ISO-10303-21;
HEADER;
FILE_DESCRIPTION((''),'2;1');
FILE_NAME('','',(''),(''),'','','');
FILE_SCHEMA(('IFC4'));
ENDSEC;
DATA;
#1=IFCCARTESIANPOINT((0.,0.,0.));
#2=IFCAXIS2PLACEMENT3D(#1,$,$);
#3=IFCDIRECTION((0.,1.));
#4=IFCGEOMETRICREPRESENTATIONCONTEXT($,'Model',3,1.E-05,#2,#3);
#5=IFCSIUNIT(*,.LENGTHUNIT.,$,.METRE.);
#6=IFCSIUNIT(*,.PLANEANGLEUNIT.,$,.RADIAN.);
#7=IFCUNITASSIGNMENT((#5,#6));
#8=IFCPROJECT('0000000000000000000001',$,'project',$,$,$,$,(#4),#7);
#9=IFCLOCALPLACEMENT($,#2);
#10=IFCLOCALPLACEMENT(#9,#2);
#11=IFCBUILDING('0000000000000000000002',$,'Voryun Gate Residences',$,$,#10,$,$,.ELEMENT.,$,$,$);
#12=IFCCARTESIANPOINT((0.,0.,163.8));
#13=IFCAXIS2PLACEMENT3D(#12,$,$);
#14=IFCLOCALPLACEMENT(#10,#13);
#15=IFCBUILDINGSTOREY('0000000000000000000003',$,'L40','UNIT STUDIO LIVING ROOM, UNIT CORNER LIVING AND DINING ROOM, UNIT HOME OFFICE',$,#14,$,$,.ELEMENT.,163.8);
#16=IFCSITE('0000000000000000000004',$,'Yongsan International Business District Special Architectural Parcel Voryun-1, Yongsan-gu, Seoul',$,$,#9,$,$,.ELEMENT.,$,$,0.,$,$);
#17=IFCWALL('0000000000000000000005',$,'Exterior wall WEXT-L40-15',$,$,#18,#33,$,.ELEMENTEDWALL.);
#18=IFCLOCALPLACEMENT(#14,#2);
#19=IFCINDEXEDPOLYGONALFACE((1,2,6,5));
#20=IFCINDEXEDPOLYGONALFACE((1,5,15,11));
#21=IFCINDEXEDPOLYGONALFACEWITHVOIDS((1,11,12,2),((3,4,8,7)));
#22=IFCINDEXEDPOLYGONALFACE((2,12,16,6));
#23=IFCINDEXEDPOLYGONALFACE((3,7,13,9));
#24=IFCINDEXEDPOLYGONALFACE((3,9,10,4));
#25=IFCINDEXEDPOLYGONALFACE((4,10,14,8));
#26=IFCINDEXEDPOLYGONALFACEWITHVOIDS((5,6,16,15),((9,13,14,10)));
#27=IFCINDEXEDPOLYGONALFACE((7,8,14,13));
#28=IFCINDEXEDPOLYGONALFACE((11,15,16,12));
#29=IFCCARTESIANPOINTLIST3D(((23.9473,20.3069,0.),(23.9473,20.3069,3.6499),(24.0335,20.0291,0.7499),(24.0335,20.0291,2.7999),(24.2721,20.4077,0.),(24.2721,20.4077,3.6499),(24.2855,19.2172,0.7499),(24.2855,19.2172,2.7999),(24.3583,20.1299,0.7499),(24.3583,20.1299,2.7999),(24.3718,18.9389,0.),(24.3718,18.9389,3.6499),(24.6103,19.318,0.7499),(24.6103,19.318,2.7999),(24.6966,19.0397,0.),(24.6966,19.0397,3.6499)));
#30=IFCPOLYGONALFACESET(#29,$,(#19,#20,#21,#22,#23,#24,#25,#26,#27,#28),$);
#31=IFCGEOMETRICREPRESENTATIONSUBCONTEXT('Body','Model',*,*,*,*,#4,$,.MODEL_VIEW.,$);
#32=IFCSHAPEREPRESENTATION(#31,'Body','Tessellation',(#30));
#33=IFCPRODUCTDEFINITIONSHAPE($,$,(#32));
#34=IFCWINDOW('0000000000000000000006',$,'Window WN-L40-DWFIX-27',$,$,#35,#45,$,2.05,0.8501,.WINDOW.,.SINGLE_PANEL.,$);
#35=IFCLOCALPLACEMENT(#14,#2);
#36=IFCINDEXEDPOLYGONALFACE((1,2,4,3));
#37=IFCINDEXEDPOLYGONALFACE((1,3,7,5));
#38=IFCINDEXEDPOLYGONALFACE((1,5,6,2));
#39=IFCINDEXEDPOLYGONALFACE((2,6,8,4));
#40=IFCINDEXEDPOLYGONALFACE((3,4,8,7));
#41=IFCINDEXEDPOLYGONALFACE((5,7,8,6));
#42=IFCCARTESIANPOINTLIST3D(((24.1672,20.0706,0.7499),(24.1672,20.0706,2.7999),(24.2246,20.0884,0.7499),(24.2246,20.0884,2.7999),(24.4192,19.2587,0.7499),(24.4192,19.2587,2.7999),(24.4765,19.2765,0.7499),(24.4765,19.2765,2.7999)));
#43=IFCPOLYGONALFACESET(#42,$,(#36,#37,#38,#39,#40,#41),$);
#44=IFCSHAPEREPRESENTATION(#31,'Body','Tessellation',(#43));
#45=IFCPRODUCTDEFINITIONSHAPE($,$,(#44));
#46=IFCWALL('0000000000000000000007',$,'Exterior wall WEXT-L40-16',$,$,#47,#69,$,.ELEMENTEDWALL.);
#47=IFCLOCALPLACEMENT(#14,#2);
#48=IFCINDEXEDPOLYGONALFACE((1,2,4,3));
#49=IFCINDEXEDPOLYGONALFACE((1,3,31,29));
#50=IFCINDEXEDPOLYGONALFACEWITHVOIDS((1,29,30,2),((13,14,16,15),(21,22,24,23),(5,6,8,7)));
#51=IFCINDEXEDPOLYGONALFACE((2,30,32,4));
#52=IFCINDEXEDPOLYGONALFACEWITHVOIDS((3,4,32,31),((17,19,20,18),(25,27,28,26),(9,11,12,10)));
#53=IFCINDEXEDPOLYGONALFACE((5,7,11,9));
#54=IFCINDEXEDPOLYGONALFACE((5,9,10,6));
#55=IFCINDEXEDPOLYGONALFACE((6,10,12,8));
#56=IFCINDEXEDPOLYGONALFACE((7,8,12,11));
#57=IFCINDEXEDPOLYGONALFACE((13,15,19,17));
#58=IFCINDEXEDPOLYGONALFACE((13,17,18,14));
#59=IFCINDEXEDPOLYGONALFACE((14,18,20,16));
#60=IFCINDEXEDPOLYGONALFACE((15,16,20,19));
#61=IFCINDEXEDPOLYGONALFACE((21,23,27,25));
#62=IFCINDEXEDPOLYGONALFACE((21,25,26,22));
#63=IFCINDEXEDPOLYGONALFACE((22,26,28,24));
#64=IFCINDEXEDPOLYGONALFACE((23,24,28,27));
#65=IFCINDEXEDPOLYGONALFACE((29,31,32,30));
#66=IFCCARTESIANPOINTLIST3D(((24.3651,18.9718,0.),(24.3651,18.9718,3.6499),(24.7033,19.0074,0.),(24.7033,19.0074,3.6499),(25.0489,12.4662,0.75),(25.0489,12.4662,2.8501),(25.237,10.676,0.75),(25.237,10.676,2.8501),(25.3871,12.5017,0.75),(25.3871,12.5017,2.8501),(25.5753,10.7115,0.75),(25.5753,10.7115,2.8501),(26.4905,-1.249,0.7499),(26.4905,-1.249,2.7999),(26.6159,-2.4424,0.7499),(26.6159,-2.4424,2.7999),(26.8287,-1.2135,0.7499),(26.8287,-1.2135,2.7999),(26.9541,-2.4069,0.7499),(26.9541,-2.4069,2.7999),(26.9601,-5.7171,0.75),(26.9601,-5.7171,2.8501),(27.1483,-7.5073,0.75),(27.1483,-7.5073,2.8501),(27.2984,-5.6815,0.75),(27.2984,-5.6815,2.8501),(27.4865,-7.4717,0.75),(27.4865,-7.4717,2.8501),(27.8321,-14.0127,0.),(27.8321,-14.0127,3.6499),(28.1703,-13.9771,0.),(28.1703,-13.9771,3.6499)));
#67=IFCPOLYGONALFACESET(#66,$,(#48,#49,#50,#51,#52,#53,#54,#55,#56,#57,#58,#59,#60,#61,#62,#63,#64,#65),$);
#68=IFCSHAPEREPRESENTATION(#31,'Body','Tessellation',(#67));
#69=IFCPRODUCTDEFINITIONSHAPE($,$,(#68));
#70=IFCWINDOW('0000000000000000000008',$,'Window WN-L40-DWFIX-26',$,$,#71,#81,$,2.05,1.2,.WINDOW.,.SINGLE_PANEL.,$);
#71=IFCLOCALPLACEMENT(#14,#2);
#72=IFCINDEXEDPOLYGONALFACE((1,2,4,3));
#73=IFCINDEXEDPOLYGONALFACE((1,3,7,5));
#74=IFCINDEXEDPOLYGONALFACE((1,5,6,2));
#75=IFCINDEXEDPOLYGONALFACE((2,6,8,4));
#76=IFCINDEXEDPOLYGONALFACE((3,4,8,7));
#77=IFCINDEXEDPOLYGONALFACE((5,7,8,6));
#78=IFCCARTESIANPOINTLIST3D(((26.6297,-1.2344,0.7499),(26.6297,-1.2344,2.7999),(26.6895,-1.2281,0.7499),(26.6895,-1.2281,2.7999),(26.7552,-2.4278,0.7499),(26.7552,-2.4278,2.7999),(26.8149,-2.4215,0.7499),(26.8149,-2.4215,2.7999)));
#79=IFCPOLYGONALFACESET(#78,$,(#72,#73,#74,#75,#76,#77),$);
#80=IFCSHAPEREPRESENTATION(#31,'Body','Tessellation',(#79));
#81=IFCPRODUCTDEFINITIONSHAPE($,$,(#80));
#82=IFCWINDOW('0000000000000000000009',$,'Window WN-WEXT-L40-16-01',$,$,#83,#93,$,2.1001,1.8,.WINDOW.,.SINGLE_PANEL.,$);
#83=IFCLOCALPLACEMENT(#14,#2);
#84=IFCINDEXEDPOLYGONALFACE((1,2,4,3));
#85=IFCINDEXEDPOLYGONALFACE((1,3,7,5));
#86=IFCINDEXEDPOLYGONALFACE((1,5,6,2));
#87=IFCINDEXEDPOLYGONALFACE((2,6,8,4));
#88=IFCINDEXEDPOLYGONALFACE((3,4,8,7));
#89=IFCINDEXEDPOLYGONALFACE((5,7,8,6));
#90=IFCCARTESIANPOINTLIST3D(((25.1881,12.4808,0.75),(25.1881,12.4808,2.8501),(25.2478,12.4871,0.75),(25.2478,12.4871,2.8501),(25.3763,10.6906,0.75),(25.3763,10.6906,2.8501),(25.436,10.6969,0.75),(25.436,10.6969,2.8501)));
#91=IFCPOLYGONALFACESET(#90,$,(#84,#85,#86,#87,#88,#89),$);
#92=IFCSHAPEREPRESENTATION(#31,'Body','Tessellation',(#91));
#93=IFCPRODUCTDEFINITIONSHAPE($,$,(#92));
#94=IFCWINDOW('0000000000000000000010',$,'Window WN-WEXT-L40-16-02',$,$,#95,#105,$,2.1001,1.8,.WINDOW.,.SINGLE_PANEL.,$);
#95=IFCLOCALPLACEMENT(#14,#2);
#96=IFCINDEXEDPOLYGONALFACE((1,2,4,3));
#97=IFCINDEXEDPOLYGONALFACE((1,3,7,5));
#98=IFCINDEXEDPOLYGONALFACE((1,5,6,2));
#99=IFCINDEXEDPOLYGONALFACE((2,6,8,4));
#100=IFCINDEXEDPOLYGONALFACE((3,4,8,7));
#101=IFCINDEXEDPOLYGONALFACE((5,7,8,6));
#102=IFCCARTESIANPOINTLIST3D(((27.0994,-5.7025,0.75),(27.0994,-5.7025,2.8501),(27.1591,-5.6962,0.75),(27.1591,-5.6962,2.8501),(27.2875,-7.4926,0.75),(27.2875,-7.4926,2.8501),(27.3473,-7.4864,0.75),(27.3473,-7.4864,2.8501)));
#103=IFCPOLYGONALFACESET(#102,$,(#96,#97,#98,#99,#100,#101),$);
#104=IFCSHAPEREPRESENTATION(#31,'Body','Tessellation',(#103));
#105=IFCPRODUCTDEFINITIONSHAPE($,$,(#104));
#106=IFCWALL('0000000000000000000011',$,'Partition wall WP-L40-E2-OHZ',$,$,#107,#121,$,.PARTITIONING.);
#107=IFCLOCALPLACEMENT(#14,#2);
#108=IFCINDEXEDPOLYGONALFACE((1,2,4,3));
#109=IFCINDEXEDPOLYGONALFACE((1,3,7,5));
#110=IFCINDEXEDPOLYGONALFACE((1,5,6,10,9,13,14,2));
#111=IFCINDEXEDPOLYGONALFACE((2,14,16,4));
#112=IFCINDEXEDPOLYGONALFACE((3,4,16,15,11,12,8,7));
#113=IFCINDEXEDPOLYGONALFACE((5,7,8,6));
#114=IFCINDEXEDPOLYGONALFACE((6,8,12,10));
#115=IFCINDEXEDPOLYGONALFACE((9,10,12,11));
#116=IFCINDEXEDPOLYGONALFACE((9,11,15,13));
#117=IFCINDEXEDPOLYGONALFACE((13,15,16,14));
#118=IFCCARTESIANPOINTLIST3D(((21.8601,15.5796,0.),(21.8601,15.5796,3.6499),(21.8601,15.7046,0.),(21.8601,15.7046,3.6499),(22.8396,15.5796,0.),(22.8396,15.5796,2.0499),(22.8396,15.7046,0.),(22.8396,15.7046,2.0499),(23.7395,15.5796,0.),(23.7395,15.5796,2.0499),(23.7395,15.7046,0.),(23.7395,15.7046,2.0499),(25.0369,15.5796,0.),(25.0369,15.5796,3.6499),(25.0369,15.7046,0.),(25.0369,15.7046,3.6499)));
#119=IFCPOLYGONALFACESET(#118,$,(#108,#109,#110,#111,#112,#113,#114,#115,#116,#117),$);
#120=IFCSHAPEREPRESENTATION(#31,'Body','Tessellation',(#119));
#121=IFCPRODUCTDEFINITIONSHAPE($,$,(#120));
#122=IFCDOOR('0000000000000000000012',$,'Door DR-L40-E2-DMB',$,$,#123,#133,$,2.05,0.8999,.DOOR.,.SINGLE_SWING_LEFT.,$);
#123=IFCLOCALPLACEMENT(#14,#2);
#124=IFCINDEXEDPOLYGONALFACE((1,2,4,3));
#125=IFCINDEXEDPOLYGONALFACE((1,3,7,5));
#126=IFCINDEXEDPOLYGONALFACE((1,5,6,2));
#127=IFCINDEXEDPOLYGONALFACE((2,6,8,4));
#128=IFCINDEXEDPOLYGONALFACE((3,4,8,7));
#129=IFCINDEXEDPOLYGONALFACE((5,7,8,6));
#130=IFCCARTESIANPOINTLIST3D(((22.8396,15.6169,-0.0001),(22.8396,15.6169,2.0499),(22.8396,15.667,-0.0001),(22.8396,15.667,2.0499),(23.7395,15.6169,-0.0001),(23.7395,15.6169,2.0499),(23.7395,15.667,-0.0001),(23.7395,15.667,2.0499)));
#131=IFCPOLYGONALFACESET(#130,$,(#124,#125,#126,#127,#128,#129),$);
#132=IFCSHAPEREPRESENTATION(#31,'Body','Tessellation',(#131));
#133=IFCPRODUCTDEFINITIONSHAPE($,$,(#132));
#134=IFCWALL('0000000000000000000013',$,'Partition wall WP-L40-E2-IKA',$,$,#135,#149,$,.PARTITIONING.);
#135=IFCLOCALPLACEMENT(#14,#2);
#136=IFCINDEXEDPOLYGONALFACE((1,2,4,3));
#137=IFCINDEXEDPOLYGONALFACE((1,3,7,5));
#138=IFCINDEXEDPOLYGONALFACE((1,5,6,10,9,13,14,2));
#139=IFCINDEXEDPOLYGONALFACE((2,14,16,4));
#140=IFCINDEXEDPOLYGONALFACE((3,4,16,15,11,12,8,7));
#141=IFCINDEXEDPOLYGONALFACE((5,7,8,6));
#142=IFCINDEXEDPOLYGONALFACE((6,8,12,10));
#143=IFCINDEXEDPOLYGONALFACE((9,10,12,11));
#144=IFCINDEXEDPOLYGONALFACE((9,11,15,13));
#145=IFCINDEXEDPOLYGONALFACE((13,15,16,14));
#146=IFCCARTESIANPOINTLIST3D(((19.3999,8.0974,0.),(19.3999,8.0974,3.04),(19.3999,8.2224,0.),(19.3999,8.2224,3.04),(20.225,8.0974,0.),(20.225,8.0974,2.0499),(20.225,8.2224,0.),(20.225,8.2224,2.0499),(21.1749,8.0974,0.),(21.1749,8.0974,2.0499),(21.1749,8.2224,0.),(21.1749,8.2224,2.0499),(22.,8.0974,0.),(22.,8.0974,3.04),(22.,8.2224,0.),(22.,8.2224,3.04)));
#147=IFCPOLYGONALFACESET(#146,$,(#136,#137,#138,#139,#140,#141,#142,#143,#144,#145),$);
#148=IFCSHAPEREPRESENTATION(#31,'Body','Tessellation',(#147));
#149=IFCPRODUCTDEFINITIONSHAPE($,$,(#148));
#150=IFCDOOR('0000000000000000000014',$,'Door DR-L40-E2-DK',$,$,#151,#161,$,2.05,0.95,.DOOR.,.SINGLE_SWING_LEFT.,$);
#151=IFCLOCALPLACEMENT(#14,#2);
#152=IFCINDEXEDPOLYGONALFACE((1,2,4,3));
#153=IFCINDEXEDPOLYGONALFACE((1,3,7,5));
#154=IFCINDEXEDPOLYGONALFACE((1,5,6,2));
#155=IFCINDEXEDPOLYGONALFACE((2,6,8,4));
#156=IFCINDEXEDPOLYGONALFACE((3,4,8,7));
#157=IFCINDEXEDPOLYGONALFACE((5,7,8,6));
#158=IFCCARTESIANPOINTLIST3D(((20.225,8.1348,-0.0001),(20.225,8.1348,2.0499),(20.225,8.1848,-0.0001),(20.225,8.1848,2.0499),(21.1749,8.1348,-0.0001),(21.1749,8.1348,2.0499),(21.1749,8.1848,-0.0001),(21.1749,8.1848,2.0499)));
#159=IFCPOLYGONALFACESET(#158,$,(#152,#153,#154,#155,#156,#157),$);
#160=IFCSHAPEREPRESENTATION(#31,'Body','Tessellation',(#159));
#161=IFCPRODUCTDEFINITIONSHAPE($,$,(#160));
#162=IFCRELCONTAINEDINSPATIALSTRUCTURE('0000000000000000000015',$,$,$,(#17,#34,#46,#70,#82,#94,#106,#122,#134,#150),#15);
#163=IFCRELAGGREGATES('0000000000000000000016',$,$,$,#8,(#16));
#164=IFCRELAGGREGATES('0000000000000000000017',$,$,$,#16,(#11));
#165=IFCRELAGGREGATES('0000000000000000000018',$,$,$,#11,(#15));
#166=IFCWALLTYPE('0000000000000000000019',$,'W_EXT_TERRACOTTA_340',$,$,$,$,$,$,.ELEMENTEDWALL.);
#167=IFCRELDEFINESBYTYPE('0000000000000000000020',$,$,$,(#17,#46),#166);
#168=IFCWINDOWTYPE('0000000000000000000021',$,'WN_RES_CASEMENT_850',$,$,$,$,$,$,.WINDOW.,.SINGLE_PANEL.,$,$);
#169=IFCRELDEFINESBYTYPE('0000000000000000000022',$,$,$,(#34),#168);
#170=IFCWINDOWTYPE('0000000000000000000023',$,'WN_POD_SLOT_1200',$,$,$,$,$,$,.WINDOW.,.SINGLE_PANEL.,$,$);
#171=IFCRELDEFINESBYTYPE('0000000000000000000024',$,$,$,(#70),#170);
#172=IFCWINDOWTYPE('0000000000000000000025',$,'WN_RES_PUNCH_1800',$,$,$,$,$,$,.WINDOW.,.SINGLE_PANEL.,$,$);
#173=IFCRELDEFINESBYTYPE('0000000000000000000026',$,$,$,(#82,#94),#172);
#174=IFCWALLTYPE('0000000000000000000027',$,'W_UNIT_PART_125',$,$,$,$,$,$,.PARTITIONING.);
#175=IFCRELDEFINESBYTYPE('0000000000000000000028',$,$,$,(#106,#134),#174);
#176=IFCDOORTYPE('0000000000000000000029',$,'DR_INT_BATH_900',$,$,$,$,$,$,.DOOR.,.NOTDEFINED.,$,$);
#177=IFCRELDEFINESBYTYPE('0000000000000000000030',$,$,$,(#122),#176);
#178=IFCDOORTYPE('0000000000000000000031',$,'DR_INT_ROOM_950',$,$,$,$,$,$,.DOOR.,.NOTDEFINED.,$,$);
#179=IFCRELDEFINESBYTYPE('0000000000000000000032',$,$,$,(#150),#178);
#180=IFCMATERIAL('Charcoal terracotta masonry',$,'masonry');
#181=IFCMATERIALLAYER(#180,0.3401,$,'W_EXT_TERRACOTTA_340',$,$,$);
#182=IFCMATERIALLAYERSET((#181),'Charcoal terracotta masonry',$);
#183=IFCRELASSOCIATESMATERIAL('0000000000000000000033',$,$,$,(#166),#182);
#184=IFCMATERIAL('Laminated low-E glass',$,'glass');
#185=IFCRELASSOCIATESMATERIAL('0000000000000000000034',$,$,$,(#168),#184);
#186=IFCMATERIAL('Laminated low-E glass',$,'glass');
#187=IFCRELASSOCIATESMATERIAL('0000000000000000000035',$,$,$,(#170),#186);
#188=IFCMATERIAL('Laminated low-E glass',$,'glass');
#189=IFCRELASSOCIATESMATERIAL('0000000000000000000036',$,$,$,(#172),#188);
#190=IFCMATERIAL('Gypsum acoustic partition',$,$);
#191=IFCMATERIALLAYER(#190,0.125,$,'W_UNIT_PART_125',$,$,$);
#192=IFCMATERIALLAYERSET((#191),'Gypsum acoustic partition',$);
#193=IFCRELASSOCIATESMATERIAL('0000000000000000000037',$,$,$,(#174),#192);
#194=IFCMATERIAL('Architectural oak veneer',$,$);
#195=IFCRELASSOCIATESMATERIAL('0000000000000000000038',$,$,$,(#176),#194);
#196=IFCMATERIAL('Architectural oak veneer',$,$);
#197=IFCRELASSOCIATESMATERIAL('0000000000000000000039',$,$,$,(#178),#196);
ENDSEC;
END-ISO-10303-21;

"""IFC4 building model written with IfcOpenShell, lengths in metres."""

from ifc_helpers import new_model, si_unit, direction, frame, frame_2d, origin, place, context, subcontext, project, spatial, rectangle, extrude, material, layer, layer_set, type_object, element, fill, save


model = new_model("IFC4")

# Units and contexts
model_context = context("Model", 3, precision=1e-05, world=origin(), true_north=direction((0.0, 1.0)))
body_context = subcontext(model_context, "Body", "Model", "MODEL_VIEW")
ifc_project = project(units=[si_unit("LENGTHUNIT", "METRE"), si_unit("PLANEANGLEUNIT", "RADIAN")], contexts=[model_context])

# Site, building, storey
site_placement = place(None, origin())
site = spatial("IfcSite", under=ifc_project, at=site_placement, Name="Yongsan International Business District Special Architectural Parcel Voryun-1, Yongsan-gu, Seoul", CompositionType="ELEMENT", RefElevation=0.0)
building_placement = place(site_placement, origin())
building = spatial("IfcBuilding", under=site, at=building_placement, Name="Voryun Gate Residences", CompositionType="ELEMENT")
storey_placement = place(building_placement, frame((0.0, 0.0, 163.8)))
storey = spatial("IfcBuildingStorey", under=building, at=storey_placement, Name="L40", Description="UNIT STUDIO LIVING ROOM, UNIT CORNER LIVING AND DINING ROOM, UNIT HOME OFFICE", CompositionType="ELEMENT", Elevation=163.8)

# Shared definitions
ifc_material_1 = material(Name="Charcoal terracotta masonry", Category="masonry")
ifc_layer_1 = layer(ifc_material_1, 0.3401, Name="W_EXT_TERRACOTTA_340")
ifc_layer_set_1 = layer_set([ifc_layer_1], Name="Charcoal terracotta masonry")
wall_type_1 = type_object("IfcWallType", Name="W_EXT_TERRACOTTA_340", PredefinedType="ELEMENTEDWALL", material=ifc_layer_set_1)

# Wall, opening, window
wall_1_placement = place(storey_placement, frame((24.1096, 20.3574, 0.0), z_axis=(0.0, 0.0, 1.0), x_axis=(0.296421, -0.955057, 0.0)))
wall_1 = element("IfcWall", 1, at=wall_1_placement, inside=storey, type_object=wall_type_1, Name="Exterior wall WEXT-L40-15", PredefinedType="ELEMENTEDWALL", context=body_context, shape_type="SweptSolid", body=[
    extrude(rectangle(XDim=1.4324, YDim=0.3401, at=frame_2d((0.7163, 0.0))), origin(), (0.0, 0.0, 1.0), 3.6499),
])
opening_1_placement = place(wall_1_placement, frame((0.291, 0.0, 0.75)))
opening_1 = element("IfcOpeningElement", 2, at=opening_1_placement, cuts=wall_1, PredefinedType="OPENING", context=body_context, shape_type="SweptSolid", body=[
    extrude(rectangle(XDim=0.8501, YDim=2.05, at=frame_2d((0.425, 1.0249))), frame((0.0, 0.1799, 0.0), z_axis=(0.0, -1.0, 0.0), x_axis=(1.0, 0.0, 0.0)), (0.0, 0.0, 1.0), 0.3601),
])
ifc_material_2 = material(Name="Laminated low-E glass", Category="glass")
window_type_1 = type_object("IfcWindowType", Name="WN_RES_CASEMENT_850", PartitioningType="SINGLE_PANEL", PredefinedType="WINDOW", material=ifc_material_2)
window_1_placement = place(opening_1_placement, origin())
window_1 = element("IfcWindow", 3, at=window_1_placement, inside=storey, type_object=window_type_1, Name="Window WN-L40-DWFIX-27", OverallHeight=2.05, OverallWidth=0.8501, PartitioningType="SINGLE_PANEL", PredefinedType="WINDOW", context=body_context, shape_type="SweptSolid", body=[
    extrude(rectangle(XDim=0.8501, YDim=2.05, at=frame_2d((0.425, 1.0249))), frame((0.0, 0.03, 0.0), z_axis=(0.0, -1.0, 0.0), x_axis=(1.0, 0.0, 0.0)), (0.0, 0.0, 1.0), 0.0601),
])
fill(opening_1, window_1)

# Wall, openings, windows
wall_2_placement = place(storey_placement, frame((24.5342, 18.9895, 0.0), z_axis=(0.0, 0.0, 1.0), x_axis=(0.104535, -0.994521, 0.0)))
wall_2 = element("IfcWall", 4, at=wall_2_placement, inside=storey, type_object=wall_type_1, Name="Exterior wall WEXT-L40-16", PredefinedType="ELEMENTEDWALL", context=body_context, shape_type="SweptSolid", body=[
    extrude(rectangle(XDim=33.1663, YDim=0.3401, at=frame_2d((16.583, 0.0))), origin(), (0.0, 0.0, 1.0), 3.6499),
])
opening_2_placement = place(wall_2_placement, frame((6.5415, 0.0, 0.75)))
opening_2 = element("IfcOpeningElement", 5, at=opening_2_placement, cuts=wall_2, PredefinedType="OPENING", context=body_context, shape_type="SweptSolid", body=[
    extrude(rectangle(XDim=1.8, YDim=2.1001, at=frame_2d((0.8999, 1.05))), frame((0.0, 0.1799, 0.0), z_axis=(0.0, -1.0, 0.0), x_axis=(1.0, 0.0, 0.0)), (0.0, 0.0, 1.0), 0.3601),
])
opening_3_placement = place(wall_2_placement, frame((24.825, 0.0, 0.75)))
opening_3 = element("IfcOpeningElement", 6, at=opening_3_placement, cuts=wall_2, PredefinedType="OPENING", context=body_context, shape_type="SweptSolid", body=[
    extrude(rectangle(XDim=1.8, YDim=2.1001, at=frame_2d((0.8999, 1.05))), frame((0.0, 0.1799, 0.0), z_axis=(0.0, -1.0, 0.0), x_axis=(1.0, 0.0, 0.0)), (0.0, 0.0, 1.0), 0.3601),
])
opening_4_placement = place(wall_2_placement, frame((20.332, 0.0, 0.75)))
opening_4 = element("IfcOpeningElement", 7, at=opening_4_placement, cuts=wall_2, PredefinedType="OPENING", context=body_context, shape_type="SweptSolid", body=[
    extrude(rectangle(XDim=1.2, YDim=2.05, at=frame_2d((0.6001, 1.0249))), frame((0.0, 0.1799, 0.0), z_axis=(0.0, -1.0, 0.0), x_axis=(1.0, 0.0, 0.0)), (0.0, 0.0, 1.0), 0.3601),
])
ifc_material_3 = material(Name="Laminated low-E glass", Category="glass")
window_type_2 = type_object("IfcWindowType", Name="WN_POD_SLOT_1200", PartitioningType="SINGLE_PANEL", PredefinedType="WINDOW", material=ifc_material_3)
window_2_placement = place(opening_4_placement, origin())
window_2 = element("IfcWindow", 8, at=window_2_placement, inside=storey, type_object=window_type_2, Name="Window WN-L40-DWFIX-26", OverallHeight=2.05, OverallWidth=1.2, PartitioningType="SINGLE_PANEL", PredefinedType="WINDOW", context=body_context, shape_type="SweptSolid", body=[
    extrude(rectangle(XDim=1.2, YDim=2.05, at=frame_2d((0.6001, 1.0249))), frame((0.0, 0.03, 0.0), z_axis=(0.0, -1.0, 0.0), x_axis=(1.0, 0.0, 0.0)), (0.0, 0.0, 1.0), 0.0601),
])
fill(opening_4, window_2)
ifc_material_4 = material(Name="Laminated low-E glass", Category="glass")
window_type_3 = type_object("IfcWindowType", Name="WN_RES_PUNCH_1800", PartitioningType="SINGLE_PANEL", PredefinedType="WINDOW", material=ifc_material_4)
window_3_placement = place(opening_2_placement, origin())
window_3 = element("IfcWindow", 9, at=window_3_placement, inside=storey, type_object=window_type_3, Name="Window WN-WEXT-L40-16-01", OverallHeight=2.1001, OverallWidth=1.8, PartitioningType="SINGLE_PANEL", PredefinedType="WINDOW", context=body_context, shape_type="SweptSolid", body=[
    extrude(rectangle(XDim=1.8, YDim=2.1001, at=frame_2d((0.8999, 1.05))), frame((0.0, 0.03, 0.0), z_axis=(0.0, -1.0, 0.0), x_axis=(1.0, 0.0, 0.0)), (0.0, 0.0, 1.0), 0.0601),
])
fill(opening_2, window_3)
window_4_placement = place(opening_3_placement, origin())
window_4 = element("IfcWindow", 10, at=window_4_placement, inside=storey, type_object=window_type_3, Name="Window WN-WEXT-L40-16-02", OverallHeight=2.1001, OverallWidth=1.8, PartitioningType="SINGLE_PANEL", PredefinedType="WINDOW", context=body_context, shape_type="SweptSolid", body=[
    extrude(rectangle(XDim=1.8, YDim=2.1001, at=frame_2d((0.8999, 1.05))), frame((0.0, 0.03, 0.0), z_axis=(0.0, -1.0, 0.0), x_axis=(1.0, 0.0, 0.0)), (0.0, 0.0, 1.0), 0.0601),
])
fill(opening_3, window_4)

# Walls, openings, doors
ifc_material_5 = material(Name="Gypsum acoustic partition")
ifc_layer_2 = layer(ifc_material_5, 0.125, Name="W_UNIT_PART_125")
ifc_layer_set_2 = layer_set([ifc_layer_2], Name="Gypsum acoustic partition")
wall_type_2 = type_object("IfcWallType", Name="W_UNIT_PART_125", PredefinedType="PARTITIONING", material=ifc_layer_set_2)
wall_3_placement = place(storey_placement, frame((21.8601, 15.6421, 0.0), z_axis=(0.0, 0.0, 1.0), x_axis=(1.0, 0.0, 0.0)))
wall_3 = element("IfcWall", 11, at=wall_3_placement, inside=storey, type_object=wall_type_2, Name="Partition wall WP-L40-E2-OHZ", PredefinedType="PARTITIONING", context=body_context, shape_type="SweptSolid", body=[
    extrude(rectangle(XDim=3.1768, YDim=0.125, at=frame_2d((1.5884, 0.0))), origin(), (0.0, 0.0, 1.0), 3.6499),
])
opening_5_placement = place(wall_3_placement, frame((0.9795, 0.0, 0.0)))
opening_5 = element("IfcOpeningElement", 12, at=opening_5_placement, cuts=wall_3, PredefinedType="OPENING", context=body_context, shape_type="SweptSolid", body=[
    extrude(rectangle(XDim=0.8999, YDim=2.05, at=frame_2d((0.45, 1.0249))), frame((0.0, 0.0725, 0.0), z_axis=(0.0, -1.0, 0.0), x_axis=(1.0, 0.0, 0.0)), (0.0, 0.0, 1.0), 0.145),
])
ifc_material_6 = material(Name="Architectural oak veneer")
door_type_1 = type_object("IfcDoorType", Name="DR_INT_BATH_900", OperationType="NOTDEFINED", PredefinedType="DOOR", material=ifc_material_6)
door_1_placement = place(opening_5_placement, origin())
door_1 = element("IfcDoor", 13, at=door_1_placement, inside=storey, type_object=door_type_1, Name="Door DR-L40-E2-DMB", OperationType="SINGLE_SWING_LEFT", OverallHeight=2.05, OverallWidth=0.8999, PredefinedType="DOOR", context=body_context, shape_type="SweptSolid", body=[
    extrude(rectangle(XDim=0.8999, YDim=2.05, at=frame_2d((0.45, 1.0249))), frame((0.0, 0.0249, 0.0), z_axis=(0.0, -1.0, 0.0), x_axis=(1.0, 0.0, 0.0)), (0.0, 0.0, 1.0), 0.05),
])
fill(opening_5, door_1)
wall_4_placement = place(storey_placement, frame((19.3999, 8.1599, 0.0), z_axis=(0.0, 0.0, 1.0), x_axis=(1.0, 0.0, 0.0)))
wall_4 = element("IfcWall", 14, at=wall_4_placement, inside=storey, type_object=wall_type_2, Name="Partition wall WP-L40-E2-IKA", PredefinedType="PARTITIONING", context=body_context, shape_type="SweptSolid", body=[
    extrude(rectangle(XDim=2.6001, YDim=0.125, at=frame_2d((1.3, 0.0))), origin(), (0.0, 0.0, 1.0), 3.04),
])
opening_6_placement = place(wall_4_placement, frame((0.825, 0.0, 0.0)))
opening_6 = element("IfcOpeningElement", 15, at=opening_6_placement, cuts=wall_4, PredefinedType="OPENING", context=body_context, shape_type="SweptSolid", body=[
    extrude(rectangle(XDim=0.95, YDim=2.05, at=frame_2d((0.4751, 1.0249))), frame((0.0, 0.0725, 0.0), z_axis=(0.0, -1.0, 0.0), x_axis=(1.0, 0.0, 0.0)), (0.0, 0.0, 1.0), 0.145),
])
ifc_material_7 = material(Name="Architectural oak veneer")
door_type_2 = type_object("IfcDoorType", Name="DR_INT_ROOM_950", OperationType="NOTDEFINED", PredefinedType="DOOR", material=ifc_material_7)
door_2_placement = place(opening_6_placement, origin())
door_2 = element("IfcDoor", 16, at=door_2_placement, inside=storey, type_object=door_type_2, Name="Door DR-L40-E2-DK", OperationType="SINGLE_SWING_LEFT", OverallHeight=2.05, OverallWidth=0.95, PredefinedType="DOOR", context=body_context, shape_type="SweptSolid", body=[
    extrude(rectangle(XDim=0.95, YDim=2.05, at=frame_2d((0.4751, 1.0249))), frame((0.0, 0.0249, 0.0), z_axis=(0.0, -1.0, 0.0), x_axis=(1.0, 0.0, 0.0)), (0.0, 0.0, 1.0), 0.05),
])
fill(opening_6, door_2)

save(model, "model.ifc")
